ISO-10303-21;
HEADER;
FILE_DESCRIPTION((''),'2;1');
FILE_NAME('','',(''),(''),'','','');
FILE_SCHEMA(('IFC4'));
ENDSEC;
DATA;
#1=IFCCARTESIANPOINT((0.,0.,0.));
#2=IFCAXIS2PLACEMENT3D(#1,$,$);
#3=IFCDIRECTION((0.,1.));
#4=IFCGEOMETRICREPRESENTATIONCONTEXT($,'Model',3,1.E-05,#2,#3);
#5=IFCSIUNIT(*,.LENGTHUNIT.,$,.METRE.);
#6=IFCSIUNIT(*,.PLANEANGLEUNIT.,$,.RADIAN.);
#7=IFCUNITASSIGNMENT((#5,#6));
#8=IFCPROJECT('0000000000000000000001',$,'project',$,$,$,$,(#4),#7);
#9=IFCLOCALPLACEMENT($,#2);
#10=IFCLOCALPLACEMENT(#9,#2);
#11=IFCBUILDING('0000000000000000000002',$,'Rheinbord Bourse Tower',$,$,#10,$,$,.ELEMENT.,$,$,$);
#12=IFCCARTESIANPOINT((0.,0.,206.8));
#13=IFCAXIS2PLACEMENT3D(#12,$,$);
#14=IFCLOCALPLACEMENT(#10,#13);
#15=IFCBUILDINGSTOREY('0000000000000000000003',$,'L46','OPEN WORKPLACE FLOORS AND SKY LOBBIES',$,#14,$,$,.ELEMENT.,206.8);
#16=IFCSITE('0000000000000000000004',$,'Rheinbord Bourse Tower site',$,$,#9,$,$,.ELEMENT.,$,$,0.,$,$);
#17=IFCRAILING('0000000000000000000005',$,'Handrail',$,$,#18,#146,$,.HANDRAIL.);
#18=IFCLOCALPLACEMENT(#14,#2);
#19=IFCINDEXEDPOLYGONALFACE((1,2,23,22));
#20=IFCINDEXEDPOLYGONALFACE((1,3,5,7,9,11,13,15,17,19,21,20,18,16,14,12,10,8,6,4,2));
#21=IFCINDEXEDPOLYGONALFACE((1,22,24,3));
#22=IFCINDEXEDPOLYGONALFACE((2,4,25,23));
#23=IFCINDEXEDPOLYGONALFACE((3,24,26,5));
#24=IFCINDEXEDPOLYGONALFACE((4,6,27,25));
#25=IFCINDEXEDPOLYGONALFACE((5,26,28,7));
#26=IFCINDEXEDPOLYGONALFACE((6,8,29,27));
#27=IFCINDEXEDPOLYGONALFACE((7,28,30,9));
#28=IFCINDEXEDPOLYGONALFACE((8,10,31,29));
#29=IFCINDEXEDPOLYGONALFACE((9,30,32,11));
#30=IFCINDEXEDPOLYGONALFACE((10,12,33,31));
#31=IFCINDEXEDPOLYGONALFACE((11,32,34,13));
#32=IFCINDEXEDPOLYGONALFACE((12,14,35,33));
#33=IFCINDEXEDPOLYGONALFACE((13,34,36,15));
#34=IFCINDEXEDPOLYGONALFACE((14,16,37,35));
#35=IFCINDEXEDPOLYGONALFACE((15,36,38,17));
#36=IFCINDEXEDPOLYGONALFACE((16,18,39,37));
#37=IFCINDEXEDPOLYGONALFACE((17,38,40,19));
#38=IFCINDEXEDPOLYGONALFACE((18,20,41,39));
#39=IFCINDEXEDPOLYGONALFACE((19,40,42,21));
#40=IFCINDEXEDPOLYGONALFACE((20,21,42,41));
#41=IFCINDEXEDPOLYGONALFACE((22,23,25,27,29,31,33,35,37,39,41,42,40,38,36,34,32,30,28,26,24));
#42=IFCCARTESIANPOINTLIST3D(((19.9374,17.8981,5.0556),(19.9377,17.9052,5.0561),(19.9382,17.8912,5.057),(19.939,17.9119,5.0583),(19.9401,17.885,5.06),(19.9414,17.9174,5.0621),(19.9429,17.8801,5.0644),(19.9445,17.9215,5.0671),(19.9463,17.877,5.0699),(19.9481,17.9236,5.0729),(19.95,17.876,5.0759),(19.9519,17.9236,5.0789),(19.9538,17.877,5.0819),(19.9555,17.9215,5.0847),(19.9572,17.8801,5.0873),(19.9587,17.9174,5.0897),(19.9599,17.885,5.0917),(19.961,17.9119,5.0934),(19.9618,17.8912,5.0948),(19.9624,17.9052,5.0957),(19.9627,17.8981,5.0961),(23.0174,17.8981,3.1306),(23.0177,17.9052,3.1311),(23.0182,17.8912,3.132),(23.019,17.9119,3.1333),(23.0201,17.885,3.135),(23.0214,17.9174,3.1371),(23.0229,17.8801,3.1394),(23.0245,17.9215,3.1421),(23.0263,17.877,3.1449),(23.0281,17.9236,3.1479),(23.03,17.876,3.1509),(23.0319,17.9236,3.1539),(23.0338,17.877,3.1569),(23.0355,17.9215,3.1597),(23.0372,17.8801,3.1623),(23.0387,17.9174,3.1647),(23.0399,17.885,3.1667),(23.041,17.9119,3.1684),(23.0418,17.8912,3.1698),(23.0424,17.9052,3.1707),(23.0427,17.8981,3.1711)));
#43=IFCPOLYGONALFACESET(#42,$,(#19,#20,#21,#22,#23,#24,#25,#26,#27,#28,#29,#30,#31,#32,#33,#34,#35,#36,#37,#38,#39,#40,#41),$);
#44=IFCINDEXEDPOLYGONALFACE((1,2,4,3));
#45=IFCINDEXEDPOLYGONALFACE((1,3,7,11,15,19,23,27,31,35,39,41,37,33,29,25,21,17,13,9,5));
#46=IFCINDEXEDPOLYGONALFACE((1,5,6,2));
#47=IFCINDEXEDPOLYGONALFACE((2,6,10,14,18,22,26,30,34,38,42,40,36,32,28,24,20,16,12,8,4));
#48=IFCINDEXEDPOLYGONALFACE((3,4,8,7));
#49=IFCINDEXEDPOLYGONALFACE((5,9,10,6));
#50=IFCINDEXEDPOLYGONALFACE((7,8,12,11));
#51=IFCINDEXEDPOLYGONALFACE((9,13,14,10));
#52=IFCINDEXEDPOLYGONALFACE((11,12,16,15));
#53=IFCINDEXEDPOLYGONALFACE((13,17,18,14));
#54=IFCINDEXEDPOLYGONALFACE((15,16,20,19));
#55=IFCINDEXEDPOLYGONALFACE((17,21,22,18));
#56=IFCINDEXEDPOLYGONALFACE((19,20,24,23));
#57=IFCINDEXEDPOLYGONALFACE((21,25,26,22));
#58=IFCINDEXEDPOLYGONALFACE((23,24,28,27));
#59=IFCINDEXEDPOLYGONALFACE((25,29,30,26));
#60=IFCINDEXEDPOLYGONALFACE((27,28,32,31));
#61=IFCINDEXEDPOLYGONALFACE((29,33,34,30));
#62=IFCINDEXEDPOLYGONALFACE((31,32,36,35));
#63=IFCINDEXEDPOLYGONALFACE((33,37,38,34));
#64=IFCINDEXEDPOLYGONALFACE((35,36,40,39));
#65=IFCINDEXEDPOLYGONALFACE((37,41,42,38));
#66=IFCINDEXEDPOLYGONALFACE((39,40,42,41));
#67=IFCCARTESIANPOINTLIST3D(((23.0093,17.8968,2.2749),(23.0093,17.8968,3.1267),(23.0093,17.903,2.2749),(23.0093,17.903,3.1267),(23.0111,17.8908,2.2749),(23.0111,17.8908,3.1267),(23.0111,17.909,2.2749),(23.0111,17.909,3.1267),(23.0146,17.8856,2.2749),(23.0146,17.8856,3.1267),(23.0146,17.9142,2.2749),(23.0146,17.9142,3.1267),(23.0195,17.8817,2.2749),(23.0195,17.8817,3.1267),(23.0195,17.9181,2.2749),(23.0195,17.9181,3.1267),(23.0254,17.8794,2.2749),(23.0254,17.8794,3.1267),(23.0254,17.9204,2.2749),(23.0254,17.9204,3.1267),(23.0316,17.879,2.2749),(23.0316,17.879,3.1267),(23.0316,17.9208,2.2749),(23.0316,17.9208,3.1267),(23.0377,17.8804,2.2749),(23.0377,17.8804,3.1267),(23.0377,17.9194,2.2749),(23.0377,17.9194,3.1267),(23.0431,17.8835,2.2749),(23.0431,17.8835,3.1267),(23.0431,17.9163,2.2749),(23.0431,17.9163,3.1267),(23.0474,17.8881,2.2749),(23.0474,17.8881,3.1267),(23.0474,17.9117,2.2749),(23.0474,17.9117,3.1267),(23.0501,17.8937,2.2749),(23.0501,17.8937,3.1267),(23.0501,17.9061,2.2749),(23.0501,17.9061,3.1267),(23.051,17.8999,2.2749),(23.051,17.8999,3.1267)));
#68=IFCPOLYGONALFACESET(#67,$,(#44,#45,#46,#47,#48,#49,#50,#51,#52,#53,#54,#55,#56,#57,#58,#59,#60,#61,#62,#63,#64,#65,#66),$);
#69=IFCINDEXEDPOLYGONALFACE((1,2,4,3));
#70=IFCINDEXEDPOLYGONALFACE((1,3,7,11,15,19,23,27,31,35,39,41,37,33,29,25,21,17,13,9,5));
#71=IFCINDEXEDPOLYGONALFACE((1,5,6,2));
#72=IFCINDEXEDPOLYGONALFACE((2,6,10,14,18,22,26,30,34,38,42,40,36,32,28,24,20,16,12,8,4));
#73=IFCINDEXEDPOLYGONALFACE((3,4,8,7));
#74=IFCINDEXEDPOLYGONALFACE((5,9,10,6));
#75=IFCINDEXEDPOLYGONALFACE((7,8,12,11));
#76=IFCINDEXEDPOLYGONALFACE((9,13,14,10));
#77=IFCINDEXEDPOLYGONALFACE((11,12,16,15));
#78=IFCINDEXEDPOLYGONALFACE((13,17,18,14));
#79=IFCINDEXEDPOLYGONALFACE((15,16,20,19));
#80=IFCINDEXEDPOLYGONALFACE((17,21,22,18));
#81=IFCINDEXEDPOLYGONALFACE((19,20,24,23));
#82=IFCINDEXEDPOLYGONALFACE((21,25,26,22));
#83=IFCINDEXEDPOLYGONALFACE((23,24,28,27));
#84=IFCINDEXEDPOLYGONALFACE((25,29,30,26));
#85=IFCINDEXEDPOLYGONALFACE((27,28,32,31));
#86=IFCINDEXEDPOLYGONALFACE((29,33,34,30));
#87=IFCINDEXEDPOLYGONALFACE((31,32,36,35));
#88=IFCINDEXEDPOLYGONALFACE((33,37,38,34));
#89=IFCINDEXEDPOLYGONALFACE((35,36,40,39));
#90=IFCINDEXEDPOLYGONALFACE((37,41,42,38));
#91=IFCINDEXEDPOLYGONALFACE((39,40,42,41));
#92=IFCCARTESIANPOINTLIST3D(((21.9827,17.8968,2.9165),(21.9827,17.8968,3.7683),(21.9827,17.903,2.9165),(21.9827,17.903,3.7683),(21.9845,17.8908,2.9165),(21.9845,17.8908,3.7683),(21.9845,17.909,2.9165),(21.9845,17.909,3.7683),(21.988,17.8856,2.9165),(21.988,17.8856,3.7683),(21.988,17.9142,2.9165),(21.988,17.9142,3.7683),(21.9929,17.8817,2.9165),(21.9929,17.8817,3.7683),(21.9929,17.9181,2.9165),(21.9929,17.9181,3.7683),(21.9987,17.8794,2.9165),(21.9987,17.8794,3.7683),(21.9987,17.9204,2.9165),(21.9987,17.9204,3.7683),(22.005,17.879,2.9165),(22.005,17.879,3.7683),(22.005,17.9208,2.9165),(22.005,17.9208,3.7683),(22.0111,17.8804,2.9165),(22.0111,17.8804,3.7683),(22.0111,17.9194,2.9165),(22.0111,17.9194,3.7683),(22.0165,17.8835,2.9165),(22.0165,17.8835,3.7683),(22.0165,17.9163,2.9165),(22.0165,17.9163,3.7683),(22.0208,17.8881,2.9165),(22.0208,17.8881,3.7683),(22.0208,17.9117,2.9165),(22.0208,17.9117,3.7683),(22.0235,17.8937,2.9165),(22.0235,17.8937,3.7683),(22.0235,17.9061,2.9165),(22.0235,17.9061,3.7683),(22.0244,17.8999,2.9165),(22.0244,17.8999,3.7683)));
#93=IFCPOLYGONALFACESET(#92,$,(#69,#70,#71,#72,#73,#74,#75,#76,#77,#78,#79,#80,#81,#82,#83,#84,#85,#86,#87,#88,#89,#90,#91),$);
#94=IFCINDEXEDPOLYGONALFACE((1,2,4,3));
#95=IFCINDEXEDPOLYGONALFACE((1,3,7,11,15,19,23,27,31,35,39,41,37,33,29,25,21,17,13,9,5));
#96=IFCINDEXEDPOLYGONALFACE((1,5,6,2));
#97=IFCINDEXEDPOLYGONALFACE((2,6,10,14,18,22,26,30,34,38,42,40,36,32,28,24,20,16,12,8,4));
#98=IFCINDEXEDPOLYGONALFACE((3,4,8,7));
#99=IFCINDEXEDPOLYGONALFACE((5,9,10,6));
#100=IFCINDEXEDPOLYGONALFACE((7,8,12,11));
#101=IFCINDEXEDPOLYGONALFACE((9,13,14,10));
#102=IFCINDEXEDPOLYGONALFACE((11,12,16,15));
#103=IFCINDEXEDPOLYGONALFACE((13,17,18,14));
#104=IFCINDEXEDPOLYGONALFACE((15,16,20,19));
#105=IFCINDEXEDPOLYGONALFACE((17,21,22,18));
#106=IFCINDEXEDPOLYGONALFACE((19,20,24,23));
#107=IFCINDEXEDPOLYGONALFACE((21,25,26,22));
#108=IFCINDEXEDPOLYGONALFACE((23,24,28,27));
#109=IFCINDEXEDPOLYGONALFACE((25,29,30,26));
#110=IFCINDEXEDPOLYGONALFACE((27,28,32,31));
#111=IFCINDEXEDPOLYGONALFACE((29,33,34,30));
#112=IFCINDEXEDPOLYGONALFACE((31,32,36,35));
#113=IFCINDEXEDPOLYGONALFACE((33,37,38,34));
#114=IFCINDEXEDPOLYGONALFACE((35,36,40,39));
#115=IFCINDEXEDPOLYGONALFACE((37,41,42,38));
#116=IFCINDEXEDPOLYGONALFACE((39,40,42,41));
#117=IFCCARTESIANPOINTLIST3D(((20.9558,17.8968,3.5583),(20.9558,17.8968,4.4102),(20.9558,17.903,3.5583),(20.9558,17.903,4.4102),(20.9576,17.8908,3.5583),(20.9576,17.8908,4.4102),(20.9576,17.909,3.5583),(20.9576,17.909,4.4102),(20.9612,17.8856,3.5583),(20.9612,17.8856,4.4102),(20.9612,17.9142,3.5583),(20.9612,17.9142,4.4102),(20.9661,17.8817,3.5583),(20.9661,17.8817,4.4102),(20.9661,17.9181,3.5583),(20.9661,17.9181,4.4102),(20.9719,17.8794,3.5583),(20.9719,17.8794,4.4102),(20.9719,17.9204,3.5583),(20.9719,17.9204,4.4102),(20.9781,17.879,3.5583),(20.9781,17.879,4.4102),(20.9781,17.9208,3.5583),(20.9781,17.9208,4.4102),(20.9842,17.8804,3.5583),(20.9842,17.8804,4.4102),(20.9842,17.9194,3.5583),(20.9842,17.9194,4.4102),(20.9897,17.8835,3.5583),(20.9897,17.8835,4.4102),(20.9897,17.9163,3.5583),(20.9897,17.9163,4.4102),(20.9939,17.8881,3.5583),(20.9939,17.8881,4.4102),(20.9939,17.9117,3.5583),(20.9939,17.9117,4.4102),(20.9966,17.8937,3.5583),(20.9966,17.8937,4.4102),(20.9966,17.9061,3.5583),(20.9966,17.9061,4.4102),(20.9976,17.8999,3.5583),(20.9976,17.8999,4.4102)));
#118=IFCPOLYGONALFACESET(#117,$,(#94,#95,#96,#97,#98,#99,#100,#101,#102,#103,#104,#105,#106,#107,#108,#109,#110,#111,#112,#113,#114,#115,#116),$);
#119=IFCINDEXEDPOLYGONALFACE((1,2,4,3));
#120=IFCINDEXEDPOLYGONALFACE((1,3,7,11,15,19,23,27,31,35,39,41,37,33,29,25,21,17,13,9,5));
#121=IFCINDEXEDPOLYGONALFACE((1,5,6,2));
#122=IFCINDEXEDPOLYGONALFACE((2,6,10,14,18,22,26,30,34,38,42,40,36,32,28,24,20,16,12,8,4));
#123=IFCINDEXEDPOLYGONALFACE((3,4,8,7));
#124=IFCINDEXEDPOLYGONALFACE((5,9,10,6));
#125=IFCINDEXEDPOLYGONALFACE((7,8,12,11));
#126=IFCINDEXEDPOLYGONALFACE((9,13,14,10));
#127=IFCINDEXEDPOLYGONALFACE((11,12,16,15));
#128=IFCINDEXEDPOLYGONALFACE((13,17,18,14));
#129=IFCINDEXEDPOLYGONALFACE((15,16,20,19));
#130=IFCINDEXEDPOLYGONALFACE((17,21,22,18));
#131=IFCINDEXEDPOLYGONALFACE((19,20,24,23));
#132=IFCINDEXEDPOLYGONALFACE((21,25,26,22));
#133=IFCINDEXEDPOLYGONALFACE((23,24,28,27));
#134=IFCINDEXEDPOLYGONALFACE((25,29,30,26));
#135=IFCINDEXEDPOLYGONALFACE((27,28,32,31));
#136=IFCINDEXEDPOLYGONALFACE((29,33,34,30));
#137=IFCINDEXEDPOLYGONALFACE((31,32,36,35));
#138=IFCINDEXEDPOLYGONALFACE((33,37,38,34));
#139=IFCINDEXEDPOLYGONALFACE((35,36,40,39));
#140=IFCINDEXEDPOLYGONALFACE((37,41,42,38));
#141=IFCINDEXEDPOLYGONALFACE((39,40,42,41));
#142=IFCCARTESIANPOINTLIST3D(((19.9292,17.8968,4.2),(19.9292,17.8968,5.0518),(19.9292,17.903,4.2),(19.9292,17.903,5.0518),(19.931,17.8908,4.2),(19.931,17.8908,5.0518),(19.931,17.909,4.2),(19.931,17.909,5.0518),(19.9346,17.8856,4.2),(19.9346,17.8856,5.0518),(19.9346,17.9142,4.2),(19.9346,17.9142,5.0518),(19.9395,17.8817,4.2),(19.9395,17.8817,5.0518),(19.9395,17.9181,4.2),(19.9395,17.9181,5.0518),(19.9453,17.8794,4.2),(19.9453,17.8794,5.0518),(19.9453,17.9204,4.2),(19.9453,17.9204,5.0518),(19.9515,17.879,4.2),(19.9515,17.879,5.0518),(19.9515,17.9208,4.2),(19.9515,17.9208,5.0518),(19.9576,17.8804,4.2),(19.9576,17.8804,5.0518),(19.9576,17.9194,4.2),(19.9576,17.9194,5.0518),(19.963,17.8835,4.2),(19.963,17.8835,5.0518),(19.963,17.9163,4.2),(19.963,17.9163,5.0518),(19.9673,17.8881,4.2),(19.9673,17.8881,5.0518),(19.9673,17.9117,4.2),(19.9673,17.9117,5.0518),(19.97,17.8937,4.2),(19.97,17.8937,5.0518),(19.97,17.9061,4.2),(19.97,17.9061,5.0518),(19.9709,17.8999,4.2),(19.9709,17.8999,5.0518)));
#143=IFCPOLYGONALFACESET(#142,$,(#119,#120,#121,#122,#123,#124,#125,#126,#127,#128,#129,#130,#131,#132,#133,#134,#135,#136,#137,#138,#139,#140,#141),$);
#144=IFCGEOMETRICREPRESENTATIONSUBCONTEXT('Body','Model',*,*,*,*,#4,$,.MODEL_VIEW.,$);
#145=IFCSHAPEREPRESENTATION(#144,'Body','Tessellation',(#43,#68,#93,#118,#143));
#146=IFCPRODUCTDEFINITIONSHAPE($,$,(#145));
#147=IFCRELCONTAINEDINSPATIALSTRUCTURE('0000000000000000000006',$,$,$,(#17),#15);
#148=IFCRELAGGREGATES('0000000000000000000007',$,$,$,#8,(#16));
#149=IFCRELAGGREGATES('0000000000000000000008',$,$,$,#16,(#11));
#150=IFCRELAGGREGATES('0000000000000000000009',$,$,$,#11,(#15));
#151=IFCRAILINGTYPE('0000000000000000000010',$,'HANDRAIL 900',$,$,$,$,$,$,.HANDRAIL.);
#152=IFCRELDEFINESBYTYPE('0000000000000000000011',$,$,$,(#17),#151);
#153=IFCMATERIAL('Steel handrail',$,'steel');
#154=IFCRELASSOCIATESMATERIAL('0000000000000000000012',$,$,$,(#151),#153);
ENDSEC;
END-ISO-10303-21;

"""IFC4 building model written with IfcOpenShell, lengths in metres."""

from ifc_helpers import new_model, si_unit, direction, frame, origin, origin_2d, place, context, subcontext, project, spatial, circle, extrude, material, type_object, element, save


model = new_model("IFC4")

# Units and contexts
model_context = context("Model", 3, precision=1e-05, world=origin(), true_north=direction((0.0, 1.0)))
body_context = subcontext(model_context, "Body", "Model", "MODEL_VIEW")
ifc_project = project(units=[si_unit("LENGTHUNIT", "METRE"), si_unit("PLANEANGLEUNIT", "RADIAN")], contexts=[model_context])

# Site, building, storey
site_placement = place(None, origin())
site = spatial("IfcSite", under=ifc_project, at=site_placement, Name="Rheinbord Bourse Tower site", CompositionType="ELEMENT", RefElevation=0.0)
building_placement = place(site_placement, origin())
building = spatial("IfcBuilding", under=site, at=building_placement, Name="Rheinbord Bourse Tower", CompositionType="ELEMENT")
storey_placement = place(building_placement, frame((0.0, 0.0, 206.8)))
storey = spatial("IfcBuildingStorey", under=building, at=storey_placement, Name="L46", Description="OPEN WORKPLACE FLOORS AND SKY LOBBIES", CompositionType="ELEMENT", Elevation=206.8)

# Railing
ifc_material_1 = material(Name="Steel handrail", Category="steel")
railing_type = type_object("IfcRailingType", Name="HANDRAIL 900", PredefinedType="HANDRAIL", material=ifc_material_1)
railing_1_placement = place(storey_placement, frame((23.03, 17.8999, 2.2749)))
element("IfcRailing", 1, at=railing_1_placement, inside=storey, type_object=railing_type, Name="Handrail", PredefinedType="HANDRAIL", context=body_context, shape_type="SweptSolid", body=[
    extrude(circle(Radius=0.0239, at=origin_2d()), frame((0.0, 0.0, 0.876), z_axis=(-0.847998, 0.0, 0.529999), x_axis=(0.0, -1.0, 0.0)), (0.0, 0.0, 1.0), 3.6321),
    extrude(circle(Radius=0.021, at=origin_2d()), origin(), (0.0, 0.0, 1.0), 0.8518),
    extrude(circle(Radius=0.021, at=origin_2d()), frame((-1.0266, 0.0, 0.6416)), (0.0, 0.0, 1.0), 0.8518),
    extrude(circle(Radius=0.021, at=origin_2d()), frame((-2.0535, 0.0, 1.2834)), (0.0, 0.0, 1.0), 0.8518),
    extrude(circle(Radius=0.021, at=origin_2d()), frame((-3.0801, 0.0, 1.925)), (0.0, 0.0, 1.0), 0.8518),
])

save(model, "model.ifc")
